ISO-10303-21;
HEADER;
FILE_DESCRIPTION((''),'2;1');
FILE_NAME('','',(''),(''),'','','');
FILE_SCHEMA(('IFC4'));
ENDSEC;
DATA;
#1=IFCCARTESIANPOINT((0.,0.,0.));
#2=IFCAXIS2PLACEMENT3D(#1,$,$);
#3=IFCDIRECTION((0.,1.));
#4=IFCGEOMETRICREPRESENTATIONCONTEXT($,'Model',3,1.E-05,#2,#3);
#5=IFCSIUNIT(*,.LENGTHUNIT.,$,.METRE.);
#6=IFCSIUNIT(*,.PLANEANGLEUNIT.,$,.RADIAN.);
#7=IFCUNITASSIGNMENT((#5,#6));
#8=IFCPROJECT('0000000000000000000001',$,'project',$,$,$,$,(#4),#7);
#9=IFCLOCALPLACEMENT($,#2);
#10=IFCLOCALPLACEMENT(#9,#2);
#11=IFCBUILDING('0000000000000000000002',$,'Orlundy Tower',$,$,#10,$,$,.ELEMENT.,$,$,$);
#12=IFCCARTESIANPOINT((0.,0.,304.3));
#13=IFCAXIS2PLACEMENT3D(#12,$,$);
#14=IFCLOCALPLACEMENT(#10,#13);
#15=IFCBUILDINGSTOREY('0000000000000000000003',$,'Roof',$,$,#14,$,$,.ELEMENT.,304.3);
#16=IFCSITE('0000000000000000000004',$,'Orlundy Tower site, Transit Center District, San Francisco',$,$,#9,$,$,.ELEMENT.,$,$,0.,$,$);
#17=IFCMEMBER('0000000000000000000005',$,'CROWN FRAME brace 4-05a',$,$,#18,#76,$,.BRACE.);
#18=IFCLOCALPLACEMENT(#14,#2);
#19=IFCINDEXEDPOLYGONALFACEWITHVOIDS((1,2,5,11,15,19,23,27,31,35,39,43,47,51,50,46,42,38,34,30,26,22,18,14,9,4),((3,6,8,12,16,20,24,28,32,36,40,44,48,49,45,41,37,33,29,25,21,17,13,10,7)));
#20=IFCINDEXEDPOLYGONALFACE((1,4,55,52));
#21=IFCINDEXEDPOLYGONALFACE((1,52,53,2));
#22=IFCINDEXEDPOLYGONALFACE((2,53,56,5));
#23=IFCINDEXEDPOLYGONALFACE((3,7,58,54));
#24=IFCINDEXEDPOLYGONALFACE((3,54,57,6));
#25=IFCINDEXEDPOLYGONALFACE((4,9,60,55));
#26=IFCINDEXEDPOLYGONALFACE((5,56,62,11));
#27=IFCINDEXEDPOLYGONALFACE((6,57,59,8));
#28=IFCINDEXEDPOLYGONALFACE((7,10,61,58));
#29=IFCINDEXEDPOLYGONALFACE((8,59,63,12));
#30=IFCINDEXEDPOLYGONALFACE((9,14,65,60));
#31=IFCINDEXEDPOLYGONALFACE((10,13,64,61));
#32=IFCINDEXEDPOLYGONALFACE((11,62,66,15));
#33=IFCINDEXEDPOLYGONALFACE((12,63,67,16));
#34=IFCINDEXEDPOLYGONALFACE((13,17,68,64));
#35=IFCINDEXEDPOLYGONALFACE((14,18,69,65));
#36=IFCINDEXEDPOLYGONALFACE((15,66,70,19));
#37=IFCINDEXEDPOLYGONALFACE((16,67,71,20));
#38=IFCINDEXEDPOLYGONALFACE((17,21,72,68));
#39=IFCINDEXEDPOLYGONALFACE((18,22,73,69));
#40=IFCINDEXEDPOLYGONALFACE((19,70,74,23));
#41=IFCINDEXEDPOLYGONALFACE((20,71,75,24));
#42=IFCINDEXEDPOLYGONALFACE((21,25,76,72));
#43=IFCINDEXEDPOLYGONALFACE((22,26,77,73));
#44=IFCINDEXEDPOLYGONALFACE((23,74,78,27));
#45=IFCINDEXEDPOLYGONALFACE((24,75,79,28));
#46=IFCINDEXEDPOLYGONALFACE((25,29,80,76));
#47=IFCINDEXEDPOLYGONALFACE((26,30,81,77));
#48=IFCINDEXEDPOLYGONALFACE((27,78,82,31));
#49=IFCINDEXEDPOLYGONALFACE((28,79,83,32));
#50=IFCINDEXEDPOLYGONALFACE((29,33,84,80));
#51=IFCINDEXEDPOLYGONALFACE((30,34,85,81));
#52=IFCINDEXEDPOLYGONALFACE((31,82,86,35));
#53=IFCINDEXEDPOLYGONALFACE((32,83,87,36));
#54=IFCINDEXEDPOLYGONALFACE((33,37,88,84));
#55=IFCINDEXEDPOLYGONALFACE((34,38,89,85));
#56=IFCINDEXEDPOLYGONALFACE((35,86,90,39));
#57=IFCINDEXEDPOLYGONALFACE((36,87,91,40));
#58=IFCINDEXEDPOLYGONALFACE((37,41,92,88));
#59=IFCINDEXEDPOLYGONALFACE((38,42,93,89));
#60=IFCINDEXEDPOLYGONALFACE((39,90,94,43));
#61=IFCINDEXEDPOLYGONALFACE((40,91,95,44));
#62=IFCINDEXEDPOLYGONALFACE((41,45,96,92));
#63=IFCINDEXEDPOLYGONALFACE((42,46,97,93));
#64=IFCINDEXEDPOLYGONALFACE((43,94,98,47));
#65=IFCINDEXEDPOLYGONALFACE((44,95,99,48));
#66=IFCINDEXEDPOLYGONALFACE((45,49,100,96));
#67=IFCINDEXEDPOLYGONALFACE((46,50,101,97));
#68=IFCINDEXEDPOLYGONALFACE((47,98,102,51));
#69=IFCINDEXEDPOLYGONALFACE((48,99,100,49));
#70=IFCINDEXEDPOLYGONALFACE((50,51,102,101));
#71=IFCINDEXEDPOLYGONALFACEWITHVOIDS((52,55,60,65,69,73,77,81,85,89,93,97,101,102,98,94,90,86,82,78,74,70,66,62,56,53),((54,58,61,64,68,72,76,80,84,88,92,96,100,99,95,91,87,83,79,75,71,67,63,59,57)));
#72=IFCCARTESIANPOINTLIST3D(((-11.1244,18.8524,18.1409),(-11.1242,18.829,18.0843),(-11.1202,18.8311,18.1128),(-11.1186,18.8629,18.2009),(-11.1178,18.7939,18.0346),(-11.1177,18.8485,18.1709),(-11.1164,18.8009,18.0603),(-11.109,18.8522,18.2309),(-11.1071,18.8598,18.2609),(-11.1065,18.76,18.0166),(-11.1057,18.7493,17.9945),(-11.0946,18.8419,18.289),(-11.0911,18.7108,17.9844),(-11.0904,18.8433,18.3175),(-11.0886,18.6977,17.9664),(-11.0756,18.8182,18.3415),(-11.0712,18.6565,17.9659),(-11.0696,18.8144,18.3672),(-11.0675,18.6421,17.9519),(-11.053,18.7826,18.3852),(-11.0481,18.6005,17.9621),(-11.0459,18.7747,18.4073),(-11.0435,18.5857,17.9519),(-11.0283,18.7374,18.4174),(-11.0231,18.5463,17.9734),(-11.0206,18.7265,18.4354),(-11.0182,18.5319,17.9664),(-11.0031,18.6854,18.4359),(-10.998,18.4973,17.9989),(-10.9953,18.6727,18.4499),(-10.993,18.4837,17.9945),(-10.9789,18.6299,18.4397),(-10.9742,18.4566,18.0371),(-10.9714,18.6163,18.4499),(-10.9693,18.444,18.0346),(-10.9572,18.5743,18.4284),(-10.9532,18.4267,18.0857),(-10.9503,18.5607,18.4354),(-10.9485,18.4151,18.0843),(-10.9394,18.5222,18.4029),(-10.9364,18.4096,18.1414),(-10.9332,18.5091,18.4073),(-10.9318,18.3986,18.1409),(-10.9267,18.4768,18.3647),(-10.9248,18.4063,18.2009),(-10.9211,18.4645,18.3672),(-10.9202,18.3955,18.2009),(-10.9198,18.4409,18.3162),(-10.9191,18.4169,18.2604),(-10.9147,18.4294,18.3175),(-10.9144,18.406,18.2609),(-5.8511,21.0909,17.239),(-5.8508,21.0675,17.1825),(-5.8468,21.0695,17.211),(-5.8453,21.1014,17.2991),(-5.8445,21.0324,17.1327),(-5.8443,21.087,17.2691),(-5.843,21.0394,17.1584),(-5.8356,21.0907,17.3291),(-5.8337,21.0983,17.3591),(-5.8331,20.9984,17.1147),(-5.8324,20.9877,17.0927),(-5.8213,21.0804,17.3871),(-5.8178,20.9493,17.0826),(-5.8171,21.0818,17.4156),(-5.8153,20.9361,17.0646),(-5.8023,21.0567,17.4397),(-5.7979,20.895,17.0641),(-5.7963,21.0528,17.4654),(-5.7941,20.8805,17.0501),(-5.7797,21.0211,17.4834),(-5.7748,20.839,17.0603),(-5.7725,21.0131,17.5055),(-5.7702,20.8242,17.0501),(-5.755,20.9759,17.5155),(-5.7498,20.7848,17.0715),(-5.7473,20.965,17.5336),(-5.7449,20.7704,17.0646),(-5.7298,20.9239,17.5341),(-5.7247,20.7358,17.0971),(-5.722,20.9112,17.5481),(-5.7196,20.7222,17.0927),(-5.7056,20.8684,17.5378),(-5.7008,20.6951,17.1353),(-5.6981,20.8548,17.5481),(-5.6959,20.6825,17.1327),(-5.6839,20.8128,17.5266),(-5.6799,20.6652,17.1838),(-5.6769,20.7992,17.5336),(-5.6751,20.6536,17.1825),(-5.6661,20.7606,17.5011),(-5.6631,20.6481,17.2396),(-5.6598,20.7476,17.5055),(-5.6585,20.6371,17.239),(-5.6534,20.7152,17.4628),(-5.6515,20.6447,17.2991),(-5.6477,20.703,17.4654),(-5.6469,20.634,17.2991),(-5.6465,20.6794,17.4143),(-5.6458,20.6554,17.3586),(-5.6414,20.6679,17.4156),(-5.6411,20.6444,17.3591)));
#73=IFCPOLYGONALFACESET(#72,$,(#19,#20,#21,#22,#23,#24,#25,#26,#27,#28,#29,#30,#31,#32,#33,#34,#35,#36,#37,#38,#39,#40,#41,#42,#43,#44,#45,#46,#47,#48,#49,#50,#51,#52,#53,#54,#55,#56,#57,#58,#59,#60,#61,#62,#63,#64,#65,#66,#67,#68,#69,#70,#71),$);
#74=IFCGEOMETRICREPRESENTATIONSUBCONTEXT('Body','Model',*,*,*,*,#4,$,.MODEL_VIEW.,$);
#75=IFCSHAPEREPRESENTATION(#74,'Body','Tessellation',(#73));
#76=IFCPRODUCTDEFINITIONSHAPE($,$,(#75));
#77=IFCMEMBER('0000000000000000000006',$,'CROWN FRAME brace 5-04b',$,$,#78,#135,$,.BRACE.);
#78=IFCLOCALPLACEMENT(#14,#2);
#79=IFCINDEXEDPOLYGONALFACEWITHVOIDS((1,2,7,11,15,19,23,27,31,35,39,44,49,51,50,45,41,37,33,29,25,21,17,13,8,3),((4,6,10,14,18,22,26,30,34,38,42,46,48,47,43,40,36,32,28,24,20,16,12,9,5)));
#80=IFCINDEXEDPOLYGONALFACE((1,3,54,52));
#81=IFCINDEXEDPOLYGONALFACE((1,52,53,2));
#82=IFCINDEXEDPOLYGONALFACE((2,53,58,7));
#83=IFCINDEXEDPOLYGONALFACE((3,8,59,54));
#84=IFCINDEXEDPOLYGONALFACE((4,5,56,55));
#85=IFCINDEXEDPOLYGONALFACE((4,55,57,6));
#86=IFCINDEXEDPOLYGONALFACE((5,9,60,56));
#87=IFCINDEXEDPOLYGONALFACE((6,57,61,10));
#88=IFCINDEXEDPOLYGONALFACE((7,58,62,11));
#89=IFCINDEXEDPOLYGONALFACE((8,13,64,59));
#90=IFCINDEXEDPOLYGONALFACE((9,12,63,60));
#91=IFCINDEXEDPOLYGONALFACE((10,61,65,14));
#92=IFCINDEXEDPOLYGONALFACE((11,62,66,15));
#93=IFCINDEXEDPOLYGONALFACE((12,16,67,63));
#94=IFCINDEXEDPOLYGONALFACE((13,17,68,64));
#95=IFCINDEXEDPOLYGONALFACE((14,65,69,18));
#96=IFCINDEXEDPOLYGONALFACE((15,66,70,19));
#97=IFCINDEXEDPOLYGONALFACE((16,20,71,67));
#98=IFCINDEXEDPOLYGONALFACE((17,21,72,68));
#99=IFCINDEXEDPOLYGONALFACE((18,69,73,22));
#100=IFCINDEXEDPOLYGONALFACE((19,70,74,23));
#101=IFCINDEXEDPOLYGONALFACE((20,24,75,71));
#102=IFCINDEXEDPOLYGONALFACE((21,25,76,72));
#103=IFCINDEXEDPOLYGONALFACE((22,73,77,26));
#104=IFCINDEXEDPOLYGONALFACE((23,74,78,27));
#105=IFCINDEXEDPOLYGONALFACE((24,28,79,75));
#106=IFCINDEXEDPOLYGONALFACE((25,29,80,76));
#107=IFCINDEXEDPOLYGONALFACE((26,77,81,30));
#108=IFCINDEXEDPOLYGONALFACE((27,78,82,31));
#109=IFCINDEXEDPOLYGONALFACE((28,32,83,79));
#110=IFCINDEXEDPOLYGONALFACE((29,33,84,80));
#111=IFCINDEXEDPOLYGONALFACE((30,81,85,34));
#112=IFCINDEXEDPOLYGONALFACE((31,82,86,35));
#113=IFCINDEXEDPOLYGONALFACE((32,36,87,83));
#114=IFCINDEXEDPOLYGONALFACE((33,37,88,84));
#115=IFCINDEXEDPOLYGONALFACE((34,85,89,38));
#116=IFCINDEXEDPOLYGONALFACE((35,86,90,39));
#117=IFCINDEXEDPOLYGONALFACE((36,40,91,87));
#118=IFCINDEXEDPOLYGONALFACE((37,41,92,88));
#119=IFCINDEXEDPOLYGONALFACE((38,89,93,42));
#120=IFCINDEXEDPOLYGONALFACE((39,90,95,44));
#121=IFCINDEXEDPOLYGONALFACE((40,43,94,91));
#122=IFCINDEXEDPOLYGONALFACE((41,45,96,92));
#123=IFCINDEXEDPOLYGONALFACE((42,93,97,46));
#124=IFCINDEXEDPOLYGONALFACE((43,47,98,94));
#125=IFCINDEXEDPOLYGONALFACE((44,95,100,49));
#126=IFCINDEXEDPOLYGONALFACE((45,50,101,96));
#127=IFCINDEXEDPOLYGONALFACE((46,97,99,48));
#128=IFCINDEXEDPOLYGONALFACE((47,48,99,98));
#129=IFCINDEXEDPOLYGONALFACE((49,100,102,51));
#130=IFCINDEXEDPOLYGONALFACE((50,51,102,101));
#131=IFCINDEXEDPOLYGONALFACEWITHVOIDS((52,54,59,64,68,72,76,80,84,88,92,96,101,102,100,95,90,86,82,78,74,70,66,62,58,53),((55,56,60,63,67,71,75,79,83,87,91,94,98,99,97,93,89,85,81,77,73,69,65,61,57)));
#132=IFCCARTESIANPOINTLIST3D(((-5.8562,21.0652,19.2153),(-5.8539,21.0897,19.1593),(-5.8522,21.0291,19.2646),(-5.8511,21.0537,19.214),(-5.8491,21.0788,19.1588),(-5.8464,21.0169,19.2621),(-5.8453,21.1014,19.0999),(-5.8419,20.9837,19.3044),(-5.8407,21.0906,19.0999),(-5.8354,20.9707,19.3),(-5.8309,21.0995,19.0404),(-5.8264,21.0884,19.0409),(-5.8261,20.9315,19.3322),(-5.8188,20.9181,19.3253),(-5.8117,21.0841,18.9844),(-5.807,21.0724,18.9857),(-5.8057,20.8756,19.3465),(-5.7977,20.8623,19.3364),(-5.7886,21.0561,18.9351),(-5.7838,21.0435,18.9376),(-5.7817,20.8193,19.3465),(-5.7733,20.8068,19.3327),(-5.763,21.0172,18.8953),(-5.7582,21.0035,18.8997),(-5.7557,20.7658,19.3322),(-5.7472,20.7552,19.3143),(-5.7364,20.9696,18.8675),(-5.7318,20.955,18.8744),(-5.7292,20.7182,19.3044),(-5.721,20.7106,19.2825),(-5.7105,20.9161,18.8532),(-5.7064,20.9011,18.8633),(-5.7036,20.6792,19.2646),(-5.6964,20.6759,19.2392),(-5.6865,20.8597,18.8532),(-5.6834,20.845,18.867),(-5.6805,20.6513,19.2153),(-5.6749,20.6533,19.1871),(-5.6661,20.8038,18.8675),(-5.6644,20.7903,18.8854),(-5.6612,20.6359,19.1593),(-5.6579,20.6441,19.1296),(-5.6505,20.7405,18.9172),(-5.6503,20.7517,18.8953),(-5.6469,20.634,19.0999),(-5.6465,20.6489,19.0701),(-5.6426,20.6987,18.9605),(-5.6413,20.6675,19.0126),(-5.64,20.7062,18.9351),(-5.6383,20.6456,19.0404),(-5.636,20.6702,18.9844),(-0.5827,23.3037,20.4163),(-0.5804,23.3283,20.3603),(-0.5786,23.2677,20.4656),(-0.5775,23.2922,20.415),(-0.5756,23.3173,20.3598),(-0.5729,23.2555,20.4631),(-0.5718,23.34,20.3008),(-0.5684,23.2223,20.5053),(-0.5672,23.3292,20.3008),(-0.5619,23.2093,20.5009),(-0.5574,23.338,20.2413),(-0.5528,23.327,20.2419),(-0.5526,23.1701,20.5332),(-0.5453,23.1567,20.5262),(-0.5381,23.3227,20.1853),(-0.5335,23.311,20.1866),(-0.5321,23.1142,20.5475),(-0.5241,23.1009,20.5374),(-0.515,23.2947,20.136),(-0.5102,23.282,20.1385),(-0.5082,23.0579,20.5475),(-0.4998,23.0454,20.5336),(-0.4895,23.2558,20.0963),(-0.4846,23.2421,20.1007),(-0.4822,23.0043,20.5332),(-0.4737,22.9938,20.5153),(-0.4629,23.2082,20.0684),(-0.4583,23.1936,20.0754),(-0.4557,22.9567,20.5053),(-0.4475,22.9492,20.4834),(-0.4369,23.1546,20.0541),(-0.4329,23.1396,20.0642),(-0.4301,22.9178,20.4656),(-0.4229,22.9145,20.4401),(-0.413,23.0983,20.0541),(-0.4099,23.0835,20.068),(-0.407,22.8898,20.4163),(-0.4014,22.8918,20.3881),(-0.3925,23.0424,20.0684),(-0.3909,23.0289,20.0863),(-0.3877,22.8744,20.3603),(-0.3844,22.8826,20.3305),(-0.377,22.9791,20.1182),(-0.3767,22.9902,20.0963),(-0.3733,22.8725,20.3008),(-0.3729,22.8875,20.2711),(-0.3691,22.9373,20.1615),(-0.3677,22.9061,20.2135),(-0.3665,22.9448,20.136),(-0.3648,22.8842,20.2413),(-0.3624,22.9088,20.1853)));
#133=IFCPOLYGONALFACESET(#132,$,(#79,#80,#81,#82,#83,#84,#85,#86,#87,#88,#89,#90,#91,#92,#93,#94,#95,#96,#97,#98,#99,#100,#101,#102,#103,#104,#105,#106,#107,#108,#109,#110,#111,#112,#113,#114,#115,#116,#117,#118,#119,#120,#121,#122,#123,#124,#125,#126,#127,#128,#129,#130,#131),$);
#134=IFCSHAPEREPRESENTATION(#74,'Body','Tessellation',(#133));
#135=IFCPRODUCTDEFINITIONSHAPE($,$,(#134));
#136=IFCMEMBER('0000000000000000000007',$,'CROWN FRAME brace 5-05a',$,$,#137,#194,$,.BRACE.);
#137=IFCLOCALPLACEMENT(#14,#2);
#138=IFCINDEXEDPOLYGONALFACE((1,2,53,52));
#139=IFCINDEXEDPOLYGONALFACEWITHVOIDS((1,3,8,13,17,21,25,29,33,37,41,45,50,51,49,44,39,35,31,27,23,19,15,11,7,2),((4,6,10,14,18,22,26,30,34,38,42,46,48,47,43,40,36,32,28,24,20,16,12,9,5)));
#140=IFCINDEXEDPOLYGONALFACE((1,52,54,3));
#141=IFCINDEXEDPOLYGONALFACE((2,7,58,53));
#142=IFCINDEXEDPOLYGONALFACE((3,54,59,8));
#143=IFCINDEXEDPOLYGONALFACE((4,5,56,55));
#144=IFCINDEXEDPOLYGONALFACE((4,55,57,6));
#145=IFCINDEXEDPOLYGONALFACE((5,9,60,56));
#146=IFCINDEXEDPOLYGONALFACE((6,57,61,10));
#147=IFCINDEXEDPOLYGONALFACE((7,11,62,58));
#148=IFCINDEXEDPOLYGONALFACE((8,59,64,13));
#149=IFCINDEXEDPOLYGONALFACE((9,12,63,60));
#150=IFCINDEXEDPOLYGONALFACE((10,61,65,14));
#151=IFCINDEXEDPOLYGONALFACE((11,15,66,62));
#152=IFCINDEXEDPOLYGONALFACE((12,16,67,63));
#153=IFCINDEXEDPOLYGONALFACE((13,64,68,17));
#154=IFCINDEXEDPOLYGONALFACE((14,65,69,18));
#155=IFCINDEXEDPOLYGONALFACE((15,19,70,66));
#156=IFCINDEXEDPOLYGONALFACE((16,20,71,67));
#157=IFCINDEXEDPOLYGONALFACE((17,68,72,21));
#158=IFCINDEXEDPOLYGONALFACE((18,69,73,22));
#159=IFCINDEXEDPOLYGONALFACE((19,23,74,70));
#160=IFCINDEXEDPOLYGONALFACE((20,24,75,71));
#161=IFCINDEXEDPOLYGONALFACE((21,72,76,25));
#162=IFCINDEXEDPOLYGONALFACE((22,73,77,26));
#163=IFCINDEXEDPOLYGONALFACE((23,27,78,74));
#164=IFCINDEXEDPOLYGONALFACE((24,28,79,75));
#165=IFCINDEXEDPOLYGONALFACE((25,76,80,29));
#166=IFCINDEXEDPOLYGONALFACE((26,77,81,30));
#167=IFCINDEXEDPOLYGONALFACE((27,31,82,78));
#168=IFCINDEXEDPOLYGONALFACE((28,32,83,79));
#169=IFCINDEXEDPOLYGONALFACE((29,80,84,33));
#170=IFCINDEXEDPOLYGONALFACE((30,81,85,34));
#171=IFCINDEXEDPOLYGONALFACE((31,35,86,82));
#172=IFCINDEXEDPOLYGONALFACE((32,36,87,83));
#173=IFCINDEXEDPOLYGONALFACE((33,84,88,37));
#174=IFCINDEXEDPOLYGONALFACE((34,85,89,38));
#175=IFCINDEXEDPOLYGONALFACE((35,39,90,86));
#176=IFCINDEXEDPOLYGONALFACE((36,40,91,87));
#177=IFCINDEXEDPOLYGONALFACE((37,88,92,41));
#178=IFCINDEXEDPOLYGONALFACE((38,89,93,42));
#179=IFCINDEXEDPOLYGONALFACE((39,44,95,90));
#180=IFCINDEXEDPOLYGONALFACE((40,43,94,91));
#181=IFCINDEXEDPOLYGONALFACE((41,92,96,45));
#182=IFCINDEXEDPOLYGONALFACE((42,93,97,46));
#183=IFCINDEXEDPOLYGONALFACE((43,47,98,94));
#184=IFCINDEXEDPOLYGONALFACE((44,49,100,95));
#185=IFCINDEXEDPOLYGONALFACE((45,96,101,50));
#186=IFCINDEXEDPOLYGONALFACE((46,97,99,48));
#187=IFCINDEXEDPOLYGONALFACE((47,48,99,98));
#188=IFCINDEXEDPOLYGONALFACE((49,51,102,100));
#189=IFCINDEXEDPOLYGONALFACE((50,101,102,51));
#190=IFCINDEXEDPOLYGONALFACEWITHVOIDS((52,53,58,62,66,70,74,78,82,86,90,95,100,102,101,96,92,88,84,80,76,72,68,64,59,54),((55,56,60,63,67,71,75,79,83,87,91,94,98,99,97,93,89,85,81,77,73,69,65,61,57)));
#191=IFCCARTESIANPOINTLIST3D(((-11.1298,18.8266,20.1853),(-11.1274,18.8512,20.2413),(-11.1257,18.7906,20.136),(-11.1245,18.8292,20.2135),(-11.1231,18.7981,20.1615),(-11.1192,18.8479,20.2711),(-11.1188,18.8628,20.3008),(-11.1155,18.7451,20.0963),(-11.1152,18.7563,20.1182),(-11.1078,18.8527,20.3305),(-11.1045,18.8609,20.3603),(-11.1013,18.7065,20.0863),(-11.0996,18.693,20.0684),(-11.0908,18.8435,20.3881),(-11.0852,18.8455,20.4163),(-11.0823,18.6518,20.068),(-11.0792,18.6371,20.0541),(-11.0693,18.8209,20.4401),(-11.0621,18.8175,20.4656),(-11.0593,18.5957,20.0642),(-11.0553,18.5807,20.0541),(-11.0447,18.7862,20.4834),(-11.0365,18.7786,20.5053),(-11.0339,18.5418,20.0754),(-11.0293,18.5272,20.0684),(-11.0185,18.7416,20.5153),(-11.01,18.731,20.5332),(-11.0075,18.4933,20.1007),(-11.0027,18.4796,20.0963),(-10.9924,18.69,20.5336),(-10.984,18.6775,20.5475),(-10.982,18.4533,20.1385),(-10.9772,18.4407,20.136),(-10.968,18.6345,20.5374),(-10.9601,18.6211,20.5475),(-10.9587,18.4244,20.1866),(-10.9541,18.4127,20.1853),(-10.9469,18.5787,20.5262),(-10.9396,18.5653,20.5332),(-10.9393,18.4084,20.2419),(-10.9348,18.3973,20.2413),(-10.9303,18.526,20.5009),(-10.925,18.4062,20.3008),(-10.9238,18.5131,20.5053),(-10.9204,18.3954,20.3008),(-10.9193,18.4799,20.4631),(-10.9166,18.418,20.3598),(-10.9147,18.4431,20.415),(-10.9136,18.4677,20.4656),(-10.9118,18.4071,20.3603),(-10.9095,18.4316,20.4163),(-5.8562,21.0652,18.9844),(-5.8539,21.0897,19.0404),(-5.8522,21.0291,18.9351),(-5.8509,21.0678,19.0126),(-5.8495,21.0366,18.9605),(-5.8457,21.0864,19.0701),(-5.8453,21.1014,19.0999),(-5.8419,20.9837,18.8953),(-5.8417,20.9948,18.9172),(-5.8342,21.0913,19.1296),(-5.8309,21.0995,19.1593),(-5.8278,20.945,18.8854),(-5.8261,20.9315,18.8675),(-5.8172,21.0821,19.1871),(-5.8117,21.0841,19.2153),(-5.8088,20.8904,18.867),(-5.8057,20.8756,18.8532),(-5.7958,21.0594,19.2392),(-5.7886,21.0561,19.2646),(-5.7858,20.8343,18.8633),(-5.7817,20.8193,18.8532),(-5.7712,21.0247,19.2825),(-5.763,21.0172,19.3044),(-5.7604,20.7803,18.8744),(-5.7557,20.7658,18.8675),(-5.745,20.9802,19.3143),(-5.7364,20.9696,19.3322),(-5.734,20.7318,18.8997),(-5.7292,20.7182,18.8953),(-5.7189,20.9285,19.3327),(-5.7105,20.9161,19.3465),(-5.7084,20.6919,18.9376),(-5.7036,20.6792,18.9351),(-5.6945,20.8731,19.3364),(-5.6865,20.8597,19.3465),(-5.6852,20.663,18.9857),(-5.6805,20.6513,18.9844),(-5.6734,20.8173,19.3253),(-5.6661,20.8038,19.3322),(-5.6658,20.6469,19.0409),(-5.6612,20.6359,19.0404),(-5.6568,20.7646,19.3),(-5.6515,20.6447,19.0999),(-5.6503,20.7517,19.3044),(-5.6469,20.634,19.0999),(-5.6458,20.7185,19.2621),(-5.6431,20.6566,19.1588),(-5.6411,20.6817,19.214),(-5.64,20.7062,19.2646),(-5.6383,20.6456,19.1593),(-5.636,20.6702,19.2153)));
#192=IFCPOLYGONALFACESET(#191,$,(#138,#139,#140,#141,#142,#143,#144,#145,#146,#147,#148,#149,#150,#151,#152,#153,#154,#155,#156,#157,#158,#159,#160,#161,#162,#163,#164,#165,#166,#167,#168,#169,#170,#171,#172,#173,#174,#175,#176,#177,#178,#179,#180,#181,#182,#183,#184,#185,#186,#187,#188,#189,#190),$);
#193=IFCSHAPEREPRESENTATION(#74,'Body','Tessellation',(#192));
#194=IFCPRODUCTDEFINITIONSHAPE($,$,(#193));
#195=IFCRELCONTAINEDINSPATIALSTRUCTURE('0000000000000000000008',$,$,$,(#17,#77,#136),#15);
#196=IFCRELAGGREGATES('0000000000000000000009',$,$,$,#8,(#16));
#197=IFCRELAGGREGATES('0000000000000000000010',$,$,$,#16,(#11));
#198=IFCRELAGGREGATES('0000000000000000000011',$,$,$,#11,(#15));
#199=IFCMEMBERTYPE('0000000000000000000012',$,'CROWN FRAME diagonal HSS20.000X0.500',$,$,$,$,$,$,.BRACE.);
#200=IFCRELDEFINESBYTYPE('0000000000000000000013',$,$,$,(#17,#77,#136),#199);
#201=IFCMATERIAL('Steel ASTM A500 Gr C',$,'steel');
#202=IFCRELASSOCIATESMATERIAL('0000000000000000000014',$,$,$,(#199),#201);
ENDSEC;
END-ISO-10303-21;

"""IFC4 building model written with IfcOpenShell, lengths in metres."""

from ifc_helpers import new_model, si_unit, direction, frame, origin, origin_2d, place, context, subcontext, project, spatial, hollow_circle, extrude, material, material_profile, profile_set, type_object, element, save


model = new_model("IFC4")

# Units and contexts
model_context = context("Model", 3, precision=1e-05, world=origin(), true_north=direction((0.0, 1.0)))
body_context = subcontext(model_context, "Body", "Model", "MODEL_VIEW")
ifc_project = project(units=[si_unit("LENGTHUNIT", "METRE"), si_unit("PLANEANGLEUNIT", "RADIAN")], contexts=[model_context])

# Site, building, storey
site_placement = place(None, origin())
site = spatial("IfcSite", under=ifc_project, at=site_placement, Name="Orlundy Tower site, Transit Center District, San Francisco", CompositionType="ELEMENT", RefElevation=0.0)
building_placement = place(site_placement, origin())
building = spatial("IfcBuilding", under=site, at=building_placement, Name="Orlundy Tower", CompositionType="ELEMENT")
storey_placement = place(building_placement, frame((0.0, 0.0, 304.3)))
storey = spatial("IfcBuildingStorey", under=building, at=storey_placement, Name="Roof", CompositionType="ELEMENT", Elevation=304.3)

# Members
ifc_material_1 = material(Name="Steel ASTM A500 Gr C", Category="steel")
ifc_material_profile_1 = material_profile(ifc_material_1, hollow_circle(Radius=0.2539, WallThickness=0.0117, at=origin_2d()), Name="HSS20.000X0.500")
ifc_profile_set_1 = profile_set([ifc_material_profile_1], Name="Steel ASTM A500 Gr C")
member_type_1 = type_object("IfcMemberType", Name="CROWN FRAME diagonal HSS20.000X0.500", PredefinedType="BRACE", material=ifc_profile_set_1)
for number, where, z_axis, x_axis, name in (
    (1, (-5.7461, 20.8677, 17.2991), (-0.909301, -0.38599, 0.155507), (0.390744, -0.9205, 0.0), "CROWN FRAME brace 4-05a"),
):
    element("IfcMember", number, at=place(storey_placement, frame(where, z_axis=z_axis, x_axis=x_axis)), inside=storey, type_object=member_type_1, Name=name, PredefinedType="BRACE", context=body_context, shape_type="SweptSolid", body=[
        extrude(hollow_circle(Radius=0.2539, WallThickness=0.0117, at=origin_2d()), origin(), (0.0, 0.0, 1.0), 5.7993),
    ])
for number, where, z_axis, x_axis, name in (
    (2, (-5.7461, 20.8677, 19.0999), (0.900918, 0.382431, 0.205167), (-0.390744, 0.9205, 0.0), "CROWN FRAME brace 5-04b"),
    (3, (-5.7461, 20.8677, 19.0999), (-0.900918, -0.382431, 0.205167), (0.390744, -0.9205, 0.0), "CROWN FRAME brace 5-05a"),
):
    element("IfcMember", number, at=place(storey_placement, frame(where, z_axis=z_axis, x_axis=x_axis)), inside=storey, type_object=member_type_1, Name=name, PredefinedType="BRACE", context=body_context, shape_type="SweptSolid", body=[
        extrude(hollow_circle(Radius=0.2539, WallThickness=0.0117, at=origin_2d()), origin(), (0.0, 0.0, 1.0), 5.8535),
    ])

save(model, "model.ifc")
